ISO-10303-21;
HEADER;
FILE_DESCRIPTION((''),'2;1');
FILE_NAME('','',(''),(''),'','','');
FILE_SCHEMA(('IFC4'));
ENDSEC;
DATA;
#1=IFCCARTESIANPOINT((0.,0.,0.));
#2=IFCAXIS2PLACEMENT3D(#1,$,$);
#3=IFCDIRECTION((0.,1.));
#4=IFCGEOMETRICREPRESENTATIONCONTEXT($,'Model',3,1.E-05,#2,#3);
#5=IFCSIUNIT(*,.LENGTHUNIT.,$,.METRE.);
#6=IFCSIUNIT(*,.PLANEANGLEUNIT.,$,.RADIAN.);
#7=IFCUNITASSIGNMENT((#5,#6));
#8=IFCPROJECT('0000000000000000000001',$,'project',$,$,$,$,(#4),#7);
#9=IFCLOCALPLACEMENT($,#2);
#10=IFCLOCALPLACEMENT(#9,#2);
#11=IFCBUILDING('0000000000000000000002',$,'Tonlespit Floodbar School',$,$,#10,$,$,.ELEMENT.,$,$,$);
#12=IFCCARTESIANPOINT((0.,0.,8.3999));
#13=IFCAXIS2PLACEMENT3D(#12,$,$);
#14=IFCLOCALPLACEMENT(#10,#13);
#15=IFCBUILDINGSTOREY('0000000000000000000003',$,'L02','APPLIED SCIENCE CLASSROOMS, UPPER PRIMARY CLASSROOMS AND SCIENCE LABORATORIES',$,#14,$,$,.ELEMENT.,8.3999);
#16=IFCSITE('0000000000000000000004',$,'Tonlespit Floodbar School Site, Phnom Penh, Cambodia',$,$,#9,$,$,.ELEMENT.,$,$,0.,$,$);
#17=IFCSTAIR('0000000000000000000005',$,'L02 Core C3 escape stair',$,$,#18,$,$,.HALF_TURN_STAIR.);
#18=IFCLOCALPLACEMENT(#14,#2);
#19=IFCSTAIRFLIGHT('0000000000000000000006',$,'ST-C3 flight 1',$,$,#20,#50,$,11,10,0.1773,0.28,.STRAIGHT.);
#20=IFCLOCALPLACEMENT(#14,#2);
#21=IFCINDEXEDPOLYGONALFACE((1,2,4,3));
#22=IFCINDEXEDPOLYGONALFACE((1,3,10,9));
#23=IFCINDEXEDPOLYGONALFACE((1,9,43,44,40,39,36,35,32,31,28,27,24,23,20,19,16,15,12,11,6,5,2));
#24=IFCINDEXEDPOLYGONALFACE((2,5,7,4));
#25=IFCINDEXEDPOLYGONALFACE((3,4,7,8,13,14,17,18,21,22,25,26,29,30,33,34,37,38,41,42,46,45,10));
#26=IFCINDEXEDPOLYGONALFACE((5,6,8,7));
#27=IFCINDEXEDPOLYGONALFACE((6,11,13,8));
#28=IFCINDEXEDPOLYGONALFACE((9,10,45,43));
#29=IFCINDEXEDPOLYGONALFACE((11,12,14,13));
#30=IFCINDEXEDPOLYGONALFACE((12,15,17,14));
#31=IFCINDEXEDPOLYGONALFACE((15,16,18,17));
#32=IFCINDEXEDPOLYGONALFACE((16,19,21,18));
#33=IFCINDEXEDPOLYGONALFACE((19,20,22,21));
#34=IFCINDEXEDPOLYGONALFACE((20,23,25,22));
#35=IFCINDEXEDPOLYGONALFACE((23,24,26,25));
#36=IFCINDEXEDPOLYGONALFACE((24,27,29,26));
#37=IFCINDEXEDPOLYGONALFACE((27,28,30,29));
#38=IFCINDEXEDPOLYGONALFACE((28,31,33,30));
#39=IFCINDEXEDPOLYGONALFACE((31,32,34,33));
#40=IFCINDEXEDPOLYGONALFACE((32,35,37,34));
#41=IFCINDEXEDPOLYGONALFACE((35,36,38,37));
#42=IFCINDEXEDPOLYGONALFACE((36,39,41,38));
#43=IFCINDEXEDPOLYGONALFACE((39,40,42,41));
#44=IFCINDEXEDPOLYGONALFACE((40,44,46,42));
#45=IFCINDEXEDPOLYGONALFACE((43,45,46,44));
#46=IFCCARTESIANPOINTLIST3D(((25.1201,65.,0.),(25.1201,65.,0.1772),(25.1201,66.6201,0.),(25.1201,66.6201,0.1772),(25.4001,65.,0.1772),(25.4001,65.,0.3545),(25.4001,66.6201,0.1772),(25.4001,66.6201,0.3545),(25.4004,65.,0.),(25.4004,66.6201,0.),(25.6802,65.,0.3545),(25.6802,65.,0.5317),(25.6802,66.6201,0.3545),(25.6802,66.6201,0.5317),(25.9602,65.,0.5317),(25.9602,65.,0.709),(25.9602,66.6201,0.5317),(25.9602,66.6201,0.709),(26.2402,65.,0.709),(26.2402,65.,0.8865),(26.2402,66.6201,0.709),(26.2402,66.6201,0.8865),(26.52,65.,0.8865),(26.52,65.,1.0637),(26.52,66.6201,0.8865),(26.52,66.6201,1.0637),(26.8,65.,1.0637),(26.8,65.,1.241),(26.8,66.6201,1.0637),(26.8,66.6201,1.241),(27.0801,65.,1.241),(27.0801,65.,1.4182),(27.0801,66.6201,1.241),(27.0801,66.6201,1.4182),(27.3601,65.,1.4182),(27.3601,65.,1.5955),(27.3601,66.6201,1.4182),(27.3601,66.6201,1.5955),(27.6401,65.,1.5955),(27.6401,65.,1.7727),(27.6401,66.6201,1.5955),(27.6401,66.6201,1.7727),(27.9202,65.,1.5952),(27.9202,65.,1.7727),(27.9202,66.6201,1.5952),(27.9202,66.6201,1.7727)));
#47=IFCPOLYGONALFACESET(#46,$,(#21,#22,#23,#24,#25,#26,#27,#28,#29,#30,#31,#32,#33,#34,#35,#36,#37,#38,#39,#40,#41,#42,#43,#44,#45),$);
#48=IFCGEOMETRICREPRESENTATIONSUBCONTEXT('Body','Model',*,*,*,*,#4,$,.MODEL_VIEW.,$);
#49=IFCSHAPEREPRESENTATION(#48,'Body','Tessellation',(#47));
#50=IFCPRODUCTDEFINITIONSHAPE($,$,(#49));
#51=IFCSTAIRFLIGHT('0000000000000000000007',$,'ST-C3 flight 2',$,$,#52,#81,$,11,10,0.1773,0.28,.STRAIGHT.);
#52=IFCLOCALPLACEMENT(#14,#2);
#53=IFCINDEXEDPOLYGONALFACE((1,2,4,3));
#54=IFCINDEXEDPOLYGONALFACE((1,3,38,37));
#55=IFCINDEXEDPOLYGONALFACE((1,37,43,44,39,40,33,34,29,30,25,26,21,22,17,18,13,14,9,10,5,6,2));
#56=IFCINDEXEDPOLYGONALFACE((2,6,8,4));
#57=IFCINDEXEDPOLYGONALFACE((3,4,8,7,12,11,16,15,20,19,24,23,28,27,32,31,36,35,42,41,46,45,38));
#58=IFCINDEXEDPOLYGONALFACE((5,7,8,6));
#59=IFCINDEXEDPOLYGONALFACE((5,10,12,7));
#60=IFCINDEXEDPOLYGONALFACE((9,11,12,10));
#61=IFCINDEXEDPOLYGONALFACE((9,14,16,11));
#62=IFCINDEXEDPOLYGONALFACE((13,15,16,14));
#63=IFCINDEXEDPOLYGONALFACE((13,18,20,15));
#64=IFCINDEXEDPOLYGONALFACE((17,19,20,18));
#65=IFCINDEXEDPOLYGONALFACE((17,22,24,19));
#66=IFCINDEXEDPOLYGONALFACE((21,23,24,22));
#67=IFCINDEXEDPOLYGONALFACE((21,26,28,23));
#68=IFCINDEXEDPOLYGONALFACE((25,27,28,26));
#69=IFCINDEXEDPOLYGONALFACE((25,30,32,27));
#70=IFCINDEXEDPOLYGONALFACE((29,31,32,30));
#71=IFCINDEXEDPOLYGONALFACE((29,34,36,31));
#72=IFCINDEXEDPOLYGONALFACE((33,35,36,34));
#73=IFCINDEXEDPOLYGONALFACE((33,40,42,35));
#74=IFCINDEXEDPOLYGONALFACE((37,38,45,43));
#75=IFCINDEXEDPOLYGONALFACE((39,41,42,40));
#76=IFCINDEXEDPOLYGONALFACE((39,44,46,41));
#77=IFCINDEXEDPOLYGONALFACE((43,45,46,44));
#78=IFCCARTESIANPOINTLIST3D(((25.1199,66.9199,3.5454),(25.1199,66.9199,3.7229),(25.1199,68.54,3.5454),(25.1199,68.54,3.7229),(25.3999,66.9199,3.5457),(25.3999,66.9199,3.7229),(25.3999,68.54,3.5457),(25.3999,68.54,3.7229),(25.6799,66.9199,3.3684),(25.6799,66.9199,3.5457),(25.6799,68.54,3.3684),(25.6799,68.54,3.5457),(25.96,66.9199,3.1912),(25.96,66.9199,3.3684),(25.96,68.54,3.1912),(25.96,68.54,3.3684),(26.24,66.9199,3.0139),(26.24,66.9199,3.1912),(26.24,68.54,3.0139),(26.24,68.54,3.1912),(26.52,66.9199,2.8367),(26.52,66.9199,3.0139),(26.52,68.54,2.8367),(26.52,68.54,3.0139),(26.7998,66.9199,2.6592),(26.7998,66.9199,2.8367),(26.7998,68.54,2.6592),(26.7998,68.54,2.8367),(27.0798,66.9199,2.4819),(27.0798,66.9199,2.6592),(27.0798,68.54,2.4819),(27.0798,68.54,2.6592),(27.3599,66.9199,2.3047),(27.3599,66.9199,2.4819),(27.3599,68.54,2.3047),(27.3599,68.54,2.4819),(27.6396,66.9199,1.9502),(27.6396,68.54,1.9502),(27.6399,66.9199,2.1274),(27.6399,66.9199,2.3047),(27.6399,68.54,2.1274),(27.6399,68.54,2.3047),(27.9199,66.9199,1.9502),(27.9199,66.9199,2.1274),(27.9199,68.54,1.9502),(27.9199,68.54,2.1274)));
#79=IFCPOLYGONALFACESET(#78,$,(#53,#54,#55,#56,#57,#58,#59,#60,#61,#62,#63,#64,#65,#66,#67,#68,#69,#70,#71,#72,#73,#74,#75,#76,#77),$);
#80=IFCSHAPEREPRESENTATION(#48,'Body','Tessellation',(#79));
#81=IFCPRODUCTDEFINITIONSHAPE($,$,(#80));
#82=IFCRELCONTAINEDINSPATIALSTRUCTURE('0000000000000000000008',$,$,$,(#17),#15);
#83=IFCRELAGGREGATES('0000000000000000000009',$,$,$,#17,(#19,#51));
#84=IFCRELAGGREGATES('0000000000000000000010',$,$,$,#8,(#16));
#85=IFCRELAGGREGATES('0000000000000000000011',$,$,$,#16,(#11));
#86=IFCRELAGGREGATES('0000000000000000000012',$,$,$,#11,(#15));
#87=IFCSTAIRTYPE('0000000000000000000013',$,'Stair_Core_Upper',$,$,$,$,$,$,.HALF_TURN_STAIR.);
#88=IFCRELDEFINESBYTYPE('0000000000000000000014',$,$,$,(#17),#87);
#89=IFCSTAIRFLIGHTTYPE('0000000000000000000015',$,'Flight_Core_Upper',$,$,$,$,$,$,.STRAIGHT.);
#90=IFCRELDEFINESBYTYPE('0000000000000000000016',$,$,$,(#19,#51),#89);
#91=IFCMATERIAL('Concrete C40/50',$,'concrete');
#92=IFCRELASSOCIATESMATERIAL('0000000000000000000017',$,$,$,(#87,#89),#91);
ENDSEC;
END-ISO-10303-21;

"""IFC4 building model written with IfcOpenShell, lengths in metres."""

from ifc_helpers import new_model, si_unit, direction, frame, origin, place, context, subcontext, project, spatial, polyline, outline, extrude, material, type_object, element, aggregate, save


model = new_model("IFC4")

# Units and contexts
model_context = context("Model", 3, precision=1e-05, world=origin(), true_north=direction((0.0, 1.0)))
body_context = subcontext(model_context, "Body", "Model", "MODEL_VIEW")
ifc_project = project(units=[si_unit("LENGTHUNIT", "METRE"), si_unit("PLANEANGLEUNIT", "RADIAN")], contexts=[model_context])

# Site, building, storey
site_placement = place(None, origin())
site = spatial("IfcSite", under=ifc_project, at=site_placement, Name="Tonlespit Floodbar School Site, Phnom Penh, Cambodia", CompositionType="ELEMENT", RefElevation=0.0)
building_placement = place(site_placement, origin())
building = spatial("IfcBuilding", under=site, at=building_placement, Name="Tonlespit Floodbar School", CompositionType="ELEMENT")
storey_placement = place(building_placement, frame((0.0, 0.0, 8.3999)))
storey = spatial("IfcBuildingStorey", under=building, at=storey_placement, Name="L02", Description="APPLIED SCIENCE CLASSROOMS, UPPER PRIMARY CLASSROOMS AND SCIENCE LABORATORIES", CompositionType="ELEMENT", Elevation=8.3999)

# Shared definitions
ifc_material_1 = material(Name="Concrete C40/50", Category="concrete")

# Stair, stair flights
stair_type = type_object("IfcStairType", Name="Stair_Core_Upper", PredefinedType="HALF_TURN_STAIR", material=ifc_material_1)
stair_placement = place(storey_placement, origin())
stair = element("IfcStair", 1, at=stair_placement, inside=storey, type_object=stair_type, Name="L02 Core C3 escape stair", PredefinedType="HALF_TURN_STAIR")
stair_flight_type = type_object("IfcStairFlightType", Name="Flight_Core_Upper", PredefinedType="STRAIGHT", material=ifc_material_1)
stair_flight_1_placement = place(storey_placement, frame((25.1201, 65.8101, 0.0), z_axis=(0.0, 0.0, 1.0), x_axis=(1.0, 0.0, 0.0)))
stair_flight_1 = element("IfcStairFlight", 2, at=stair_flight_1_placement, type_object=stair_flight_type, Name="ST-C3 flight 1", NumberOfRisers=11, NumberOfTreads=10, PredefinedType="STRAIGHT", RiserHeight=0.1773, TreadLength=0.28, context=body_context, shape_type="SweptSolid", body=[
    extrude(outline(polyline([(0.0, 0.0), (0.0, 0.1772), (0.28, 0.1772), (0.28, 0.3545), (0.5601, 0.3545), (0.5601, 0.5317), (0.8401, 0.5317), (0.8401, 0.709), (1.1201, 0.709), (1.1201, 0.8865), (1.3999, 0.8865), (1.3999, 1.0637), (1.6799, 1.0637), (1.6799, 1.241), (1.96, 1.241), (1.96, 1.4182), (2.24, 1.4182), (2.24, 1.5955), (2.52, 1.5955), (2.52, 1.7727), (2.8, 1.7727), (2.8, 1.95), (2.8, 1.5952), (0.2803, 0.0), (0.0, 0.0)])), frame((0.0, 0.8101, 0.0), z_axis=(0.0, -1.0, 0.0), x_axis=(1.0, 0.0, 0.0)), (0.0, 0.0, 1.0), 1.6201),
])
stair_flight_2_placement = place(storey_placement, frame((27.9199, 67.73, 1.9502), z_axis=(0.0, 0.0, 1.0), x_axis=(-1.0, 0.0, 0.0)))
stair_flight_2 = element("IfcStairFlight", 3, at=stair_flight_2_placement, type_object=stair_flight_type, Name="ST-C3 flight 2", NumberOfRisers=11, NumberOfTreads=10, PredefinedType="STRAIGHT", RiserHeight=0.1773, TreadLength=0.28, context=body_context, shape_type="SweptSolid", body=[
    extrude(outline(polyline([(0.0, 0.0), (0.0, 0.1772), (0.28, 0.1772), (0.28, 0.3545), (0.5601, 0.3545), (0.5601, 0.5317), (0.8401, 0.5317), (0.8401, 0.709), (1.1201, 0.709), (1.1201, 0.8865), (1.3999, 0.8865), (1.3999, 1.0637), (1.6799, 1.0637), (1.6799, 1.241), (1.96, 1.241), (1.96, 1.4182), (2.24, 1.4182), (2.24, 1.5955), (2.52, 1.5955), (2.52, 1.7727), (2.8, 1.7727), (2.8, 1.95), (2.8, 1.5952), (0.2803, 0.0), (0.0, 0.0)])), frame((0.0, 0.8101, 0.0), z_axis=(0.0, -1.0, 0.0), x_axis=(1.0, 0.0, 0.0)), (0.0, 0.0, 1.0), 1.6201),
])
aggregate(stair, [stair_flight_1, stair_flight_2])

save(model, "model.ifc")
